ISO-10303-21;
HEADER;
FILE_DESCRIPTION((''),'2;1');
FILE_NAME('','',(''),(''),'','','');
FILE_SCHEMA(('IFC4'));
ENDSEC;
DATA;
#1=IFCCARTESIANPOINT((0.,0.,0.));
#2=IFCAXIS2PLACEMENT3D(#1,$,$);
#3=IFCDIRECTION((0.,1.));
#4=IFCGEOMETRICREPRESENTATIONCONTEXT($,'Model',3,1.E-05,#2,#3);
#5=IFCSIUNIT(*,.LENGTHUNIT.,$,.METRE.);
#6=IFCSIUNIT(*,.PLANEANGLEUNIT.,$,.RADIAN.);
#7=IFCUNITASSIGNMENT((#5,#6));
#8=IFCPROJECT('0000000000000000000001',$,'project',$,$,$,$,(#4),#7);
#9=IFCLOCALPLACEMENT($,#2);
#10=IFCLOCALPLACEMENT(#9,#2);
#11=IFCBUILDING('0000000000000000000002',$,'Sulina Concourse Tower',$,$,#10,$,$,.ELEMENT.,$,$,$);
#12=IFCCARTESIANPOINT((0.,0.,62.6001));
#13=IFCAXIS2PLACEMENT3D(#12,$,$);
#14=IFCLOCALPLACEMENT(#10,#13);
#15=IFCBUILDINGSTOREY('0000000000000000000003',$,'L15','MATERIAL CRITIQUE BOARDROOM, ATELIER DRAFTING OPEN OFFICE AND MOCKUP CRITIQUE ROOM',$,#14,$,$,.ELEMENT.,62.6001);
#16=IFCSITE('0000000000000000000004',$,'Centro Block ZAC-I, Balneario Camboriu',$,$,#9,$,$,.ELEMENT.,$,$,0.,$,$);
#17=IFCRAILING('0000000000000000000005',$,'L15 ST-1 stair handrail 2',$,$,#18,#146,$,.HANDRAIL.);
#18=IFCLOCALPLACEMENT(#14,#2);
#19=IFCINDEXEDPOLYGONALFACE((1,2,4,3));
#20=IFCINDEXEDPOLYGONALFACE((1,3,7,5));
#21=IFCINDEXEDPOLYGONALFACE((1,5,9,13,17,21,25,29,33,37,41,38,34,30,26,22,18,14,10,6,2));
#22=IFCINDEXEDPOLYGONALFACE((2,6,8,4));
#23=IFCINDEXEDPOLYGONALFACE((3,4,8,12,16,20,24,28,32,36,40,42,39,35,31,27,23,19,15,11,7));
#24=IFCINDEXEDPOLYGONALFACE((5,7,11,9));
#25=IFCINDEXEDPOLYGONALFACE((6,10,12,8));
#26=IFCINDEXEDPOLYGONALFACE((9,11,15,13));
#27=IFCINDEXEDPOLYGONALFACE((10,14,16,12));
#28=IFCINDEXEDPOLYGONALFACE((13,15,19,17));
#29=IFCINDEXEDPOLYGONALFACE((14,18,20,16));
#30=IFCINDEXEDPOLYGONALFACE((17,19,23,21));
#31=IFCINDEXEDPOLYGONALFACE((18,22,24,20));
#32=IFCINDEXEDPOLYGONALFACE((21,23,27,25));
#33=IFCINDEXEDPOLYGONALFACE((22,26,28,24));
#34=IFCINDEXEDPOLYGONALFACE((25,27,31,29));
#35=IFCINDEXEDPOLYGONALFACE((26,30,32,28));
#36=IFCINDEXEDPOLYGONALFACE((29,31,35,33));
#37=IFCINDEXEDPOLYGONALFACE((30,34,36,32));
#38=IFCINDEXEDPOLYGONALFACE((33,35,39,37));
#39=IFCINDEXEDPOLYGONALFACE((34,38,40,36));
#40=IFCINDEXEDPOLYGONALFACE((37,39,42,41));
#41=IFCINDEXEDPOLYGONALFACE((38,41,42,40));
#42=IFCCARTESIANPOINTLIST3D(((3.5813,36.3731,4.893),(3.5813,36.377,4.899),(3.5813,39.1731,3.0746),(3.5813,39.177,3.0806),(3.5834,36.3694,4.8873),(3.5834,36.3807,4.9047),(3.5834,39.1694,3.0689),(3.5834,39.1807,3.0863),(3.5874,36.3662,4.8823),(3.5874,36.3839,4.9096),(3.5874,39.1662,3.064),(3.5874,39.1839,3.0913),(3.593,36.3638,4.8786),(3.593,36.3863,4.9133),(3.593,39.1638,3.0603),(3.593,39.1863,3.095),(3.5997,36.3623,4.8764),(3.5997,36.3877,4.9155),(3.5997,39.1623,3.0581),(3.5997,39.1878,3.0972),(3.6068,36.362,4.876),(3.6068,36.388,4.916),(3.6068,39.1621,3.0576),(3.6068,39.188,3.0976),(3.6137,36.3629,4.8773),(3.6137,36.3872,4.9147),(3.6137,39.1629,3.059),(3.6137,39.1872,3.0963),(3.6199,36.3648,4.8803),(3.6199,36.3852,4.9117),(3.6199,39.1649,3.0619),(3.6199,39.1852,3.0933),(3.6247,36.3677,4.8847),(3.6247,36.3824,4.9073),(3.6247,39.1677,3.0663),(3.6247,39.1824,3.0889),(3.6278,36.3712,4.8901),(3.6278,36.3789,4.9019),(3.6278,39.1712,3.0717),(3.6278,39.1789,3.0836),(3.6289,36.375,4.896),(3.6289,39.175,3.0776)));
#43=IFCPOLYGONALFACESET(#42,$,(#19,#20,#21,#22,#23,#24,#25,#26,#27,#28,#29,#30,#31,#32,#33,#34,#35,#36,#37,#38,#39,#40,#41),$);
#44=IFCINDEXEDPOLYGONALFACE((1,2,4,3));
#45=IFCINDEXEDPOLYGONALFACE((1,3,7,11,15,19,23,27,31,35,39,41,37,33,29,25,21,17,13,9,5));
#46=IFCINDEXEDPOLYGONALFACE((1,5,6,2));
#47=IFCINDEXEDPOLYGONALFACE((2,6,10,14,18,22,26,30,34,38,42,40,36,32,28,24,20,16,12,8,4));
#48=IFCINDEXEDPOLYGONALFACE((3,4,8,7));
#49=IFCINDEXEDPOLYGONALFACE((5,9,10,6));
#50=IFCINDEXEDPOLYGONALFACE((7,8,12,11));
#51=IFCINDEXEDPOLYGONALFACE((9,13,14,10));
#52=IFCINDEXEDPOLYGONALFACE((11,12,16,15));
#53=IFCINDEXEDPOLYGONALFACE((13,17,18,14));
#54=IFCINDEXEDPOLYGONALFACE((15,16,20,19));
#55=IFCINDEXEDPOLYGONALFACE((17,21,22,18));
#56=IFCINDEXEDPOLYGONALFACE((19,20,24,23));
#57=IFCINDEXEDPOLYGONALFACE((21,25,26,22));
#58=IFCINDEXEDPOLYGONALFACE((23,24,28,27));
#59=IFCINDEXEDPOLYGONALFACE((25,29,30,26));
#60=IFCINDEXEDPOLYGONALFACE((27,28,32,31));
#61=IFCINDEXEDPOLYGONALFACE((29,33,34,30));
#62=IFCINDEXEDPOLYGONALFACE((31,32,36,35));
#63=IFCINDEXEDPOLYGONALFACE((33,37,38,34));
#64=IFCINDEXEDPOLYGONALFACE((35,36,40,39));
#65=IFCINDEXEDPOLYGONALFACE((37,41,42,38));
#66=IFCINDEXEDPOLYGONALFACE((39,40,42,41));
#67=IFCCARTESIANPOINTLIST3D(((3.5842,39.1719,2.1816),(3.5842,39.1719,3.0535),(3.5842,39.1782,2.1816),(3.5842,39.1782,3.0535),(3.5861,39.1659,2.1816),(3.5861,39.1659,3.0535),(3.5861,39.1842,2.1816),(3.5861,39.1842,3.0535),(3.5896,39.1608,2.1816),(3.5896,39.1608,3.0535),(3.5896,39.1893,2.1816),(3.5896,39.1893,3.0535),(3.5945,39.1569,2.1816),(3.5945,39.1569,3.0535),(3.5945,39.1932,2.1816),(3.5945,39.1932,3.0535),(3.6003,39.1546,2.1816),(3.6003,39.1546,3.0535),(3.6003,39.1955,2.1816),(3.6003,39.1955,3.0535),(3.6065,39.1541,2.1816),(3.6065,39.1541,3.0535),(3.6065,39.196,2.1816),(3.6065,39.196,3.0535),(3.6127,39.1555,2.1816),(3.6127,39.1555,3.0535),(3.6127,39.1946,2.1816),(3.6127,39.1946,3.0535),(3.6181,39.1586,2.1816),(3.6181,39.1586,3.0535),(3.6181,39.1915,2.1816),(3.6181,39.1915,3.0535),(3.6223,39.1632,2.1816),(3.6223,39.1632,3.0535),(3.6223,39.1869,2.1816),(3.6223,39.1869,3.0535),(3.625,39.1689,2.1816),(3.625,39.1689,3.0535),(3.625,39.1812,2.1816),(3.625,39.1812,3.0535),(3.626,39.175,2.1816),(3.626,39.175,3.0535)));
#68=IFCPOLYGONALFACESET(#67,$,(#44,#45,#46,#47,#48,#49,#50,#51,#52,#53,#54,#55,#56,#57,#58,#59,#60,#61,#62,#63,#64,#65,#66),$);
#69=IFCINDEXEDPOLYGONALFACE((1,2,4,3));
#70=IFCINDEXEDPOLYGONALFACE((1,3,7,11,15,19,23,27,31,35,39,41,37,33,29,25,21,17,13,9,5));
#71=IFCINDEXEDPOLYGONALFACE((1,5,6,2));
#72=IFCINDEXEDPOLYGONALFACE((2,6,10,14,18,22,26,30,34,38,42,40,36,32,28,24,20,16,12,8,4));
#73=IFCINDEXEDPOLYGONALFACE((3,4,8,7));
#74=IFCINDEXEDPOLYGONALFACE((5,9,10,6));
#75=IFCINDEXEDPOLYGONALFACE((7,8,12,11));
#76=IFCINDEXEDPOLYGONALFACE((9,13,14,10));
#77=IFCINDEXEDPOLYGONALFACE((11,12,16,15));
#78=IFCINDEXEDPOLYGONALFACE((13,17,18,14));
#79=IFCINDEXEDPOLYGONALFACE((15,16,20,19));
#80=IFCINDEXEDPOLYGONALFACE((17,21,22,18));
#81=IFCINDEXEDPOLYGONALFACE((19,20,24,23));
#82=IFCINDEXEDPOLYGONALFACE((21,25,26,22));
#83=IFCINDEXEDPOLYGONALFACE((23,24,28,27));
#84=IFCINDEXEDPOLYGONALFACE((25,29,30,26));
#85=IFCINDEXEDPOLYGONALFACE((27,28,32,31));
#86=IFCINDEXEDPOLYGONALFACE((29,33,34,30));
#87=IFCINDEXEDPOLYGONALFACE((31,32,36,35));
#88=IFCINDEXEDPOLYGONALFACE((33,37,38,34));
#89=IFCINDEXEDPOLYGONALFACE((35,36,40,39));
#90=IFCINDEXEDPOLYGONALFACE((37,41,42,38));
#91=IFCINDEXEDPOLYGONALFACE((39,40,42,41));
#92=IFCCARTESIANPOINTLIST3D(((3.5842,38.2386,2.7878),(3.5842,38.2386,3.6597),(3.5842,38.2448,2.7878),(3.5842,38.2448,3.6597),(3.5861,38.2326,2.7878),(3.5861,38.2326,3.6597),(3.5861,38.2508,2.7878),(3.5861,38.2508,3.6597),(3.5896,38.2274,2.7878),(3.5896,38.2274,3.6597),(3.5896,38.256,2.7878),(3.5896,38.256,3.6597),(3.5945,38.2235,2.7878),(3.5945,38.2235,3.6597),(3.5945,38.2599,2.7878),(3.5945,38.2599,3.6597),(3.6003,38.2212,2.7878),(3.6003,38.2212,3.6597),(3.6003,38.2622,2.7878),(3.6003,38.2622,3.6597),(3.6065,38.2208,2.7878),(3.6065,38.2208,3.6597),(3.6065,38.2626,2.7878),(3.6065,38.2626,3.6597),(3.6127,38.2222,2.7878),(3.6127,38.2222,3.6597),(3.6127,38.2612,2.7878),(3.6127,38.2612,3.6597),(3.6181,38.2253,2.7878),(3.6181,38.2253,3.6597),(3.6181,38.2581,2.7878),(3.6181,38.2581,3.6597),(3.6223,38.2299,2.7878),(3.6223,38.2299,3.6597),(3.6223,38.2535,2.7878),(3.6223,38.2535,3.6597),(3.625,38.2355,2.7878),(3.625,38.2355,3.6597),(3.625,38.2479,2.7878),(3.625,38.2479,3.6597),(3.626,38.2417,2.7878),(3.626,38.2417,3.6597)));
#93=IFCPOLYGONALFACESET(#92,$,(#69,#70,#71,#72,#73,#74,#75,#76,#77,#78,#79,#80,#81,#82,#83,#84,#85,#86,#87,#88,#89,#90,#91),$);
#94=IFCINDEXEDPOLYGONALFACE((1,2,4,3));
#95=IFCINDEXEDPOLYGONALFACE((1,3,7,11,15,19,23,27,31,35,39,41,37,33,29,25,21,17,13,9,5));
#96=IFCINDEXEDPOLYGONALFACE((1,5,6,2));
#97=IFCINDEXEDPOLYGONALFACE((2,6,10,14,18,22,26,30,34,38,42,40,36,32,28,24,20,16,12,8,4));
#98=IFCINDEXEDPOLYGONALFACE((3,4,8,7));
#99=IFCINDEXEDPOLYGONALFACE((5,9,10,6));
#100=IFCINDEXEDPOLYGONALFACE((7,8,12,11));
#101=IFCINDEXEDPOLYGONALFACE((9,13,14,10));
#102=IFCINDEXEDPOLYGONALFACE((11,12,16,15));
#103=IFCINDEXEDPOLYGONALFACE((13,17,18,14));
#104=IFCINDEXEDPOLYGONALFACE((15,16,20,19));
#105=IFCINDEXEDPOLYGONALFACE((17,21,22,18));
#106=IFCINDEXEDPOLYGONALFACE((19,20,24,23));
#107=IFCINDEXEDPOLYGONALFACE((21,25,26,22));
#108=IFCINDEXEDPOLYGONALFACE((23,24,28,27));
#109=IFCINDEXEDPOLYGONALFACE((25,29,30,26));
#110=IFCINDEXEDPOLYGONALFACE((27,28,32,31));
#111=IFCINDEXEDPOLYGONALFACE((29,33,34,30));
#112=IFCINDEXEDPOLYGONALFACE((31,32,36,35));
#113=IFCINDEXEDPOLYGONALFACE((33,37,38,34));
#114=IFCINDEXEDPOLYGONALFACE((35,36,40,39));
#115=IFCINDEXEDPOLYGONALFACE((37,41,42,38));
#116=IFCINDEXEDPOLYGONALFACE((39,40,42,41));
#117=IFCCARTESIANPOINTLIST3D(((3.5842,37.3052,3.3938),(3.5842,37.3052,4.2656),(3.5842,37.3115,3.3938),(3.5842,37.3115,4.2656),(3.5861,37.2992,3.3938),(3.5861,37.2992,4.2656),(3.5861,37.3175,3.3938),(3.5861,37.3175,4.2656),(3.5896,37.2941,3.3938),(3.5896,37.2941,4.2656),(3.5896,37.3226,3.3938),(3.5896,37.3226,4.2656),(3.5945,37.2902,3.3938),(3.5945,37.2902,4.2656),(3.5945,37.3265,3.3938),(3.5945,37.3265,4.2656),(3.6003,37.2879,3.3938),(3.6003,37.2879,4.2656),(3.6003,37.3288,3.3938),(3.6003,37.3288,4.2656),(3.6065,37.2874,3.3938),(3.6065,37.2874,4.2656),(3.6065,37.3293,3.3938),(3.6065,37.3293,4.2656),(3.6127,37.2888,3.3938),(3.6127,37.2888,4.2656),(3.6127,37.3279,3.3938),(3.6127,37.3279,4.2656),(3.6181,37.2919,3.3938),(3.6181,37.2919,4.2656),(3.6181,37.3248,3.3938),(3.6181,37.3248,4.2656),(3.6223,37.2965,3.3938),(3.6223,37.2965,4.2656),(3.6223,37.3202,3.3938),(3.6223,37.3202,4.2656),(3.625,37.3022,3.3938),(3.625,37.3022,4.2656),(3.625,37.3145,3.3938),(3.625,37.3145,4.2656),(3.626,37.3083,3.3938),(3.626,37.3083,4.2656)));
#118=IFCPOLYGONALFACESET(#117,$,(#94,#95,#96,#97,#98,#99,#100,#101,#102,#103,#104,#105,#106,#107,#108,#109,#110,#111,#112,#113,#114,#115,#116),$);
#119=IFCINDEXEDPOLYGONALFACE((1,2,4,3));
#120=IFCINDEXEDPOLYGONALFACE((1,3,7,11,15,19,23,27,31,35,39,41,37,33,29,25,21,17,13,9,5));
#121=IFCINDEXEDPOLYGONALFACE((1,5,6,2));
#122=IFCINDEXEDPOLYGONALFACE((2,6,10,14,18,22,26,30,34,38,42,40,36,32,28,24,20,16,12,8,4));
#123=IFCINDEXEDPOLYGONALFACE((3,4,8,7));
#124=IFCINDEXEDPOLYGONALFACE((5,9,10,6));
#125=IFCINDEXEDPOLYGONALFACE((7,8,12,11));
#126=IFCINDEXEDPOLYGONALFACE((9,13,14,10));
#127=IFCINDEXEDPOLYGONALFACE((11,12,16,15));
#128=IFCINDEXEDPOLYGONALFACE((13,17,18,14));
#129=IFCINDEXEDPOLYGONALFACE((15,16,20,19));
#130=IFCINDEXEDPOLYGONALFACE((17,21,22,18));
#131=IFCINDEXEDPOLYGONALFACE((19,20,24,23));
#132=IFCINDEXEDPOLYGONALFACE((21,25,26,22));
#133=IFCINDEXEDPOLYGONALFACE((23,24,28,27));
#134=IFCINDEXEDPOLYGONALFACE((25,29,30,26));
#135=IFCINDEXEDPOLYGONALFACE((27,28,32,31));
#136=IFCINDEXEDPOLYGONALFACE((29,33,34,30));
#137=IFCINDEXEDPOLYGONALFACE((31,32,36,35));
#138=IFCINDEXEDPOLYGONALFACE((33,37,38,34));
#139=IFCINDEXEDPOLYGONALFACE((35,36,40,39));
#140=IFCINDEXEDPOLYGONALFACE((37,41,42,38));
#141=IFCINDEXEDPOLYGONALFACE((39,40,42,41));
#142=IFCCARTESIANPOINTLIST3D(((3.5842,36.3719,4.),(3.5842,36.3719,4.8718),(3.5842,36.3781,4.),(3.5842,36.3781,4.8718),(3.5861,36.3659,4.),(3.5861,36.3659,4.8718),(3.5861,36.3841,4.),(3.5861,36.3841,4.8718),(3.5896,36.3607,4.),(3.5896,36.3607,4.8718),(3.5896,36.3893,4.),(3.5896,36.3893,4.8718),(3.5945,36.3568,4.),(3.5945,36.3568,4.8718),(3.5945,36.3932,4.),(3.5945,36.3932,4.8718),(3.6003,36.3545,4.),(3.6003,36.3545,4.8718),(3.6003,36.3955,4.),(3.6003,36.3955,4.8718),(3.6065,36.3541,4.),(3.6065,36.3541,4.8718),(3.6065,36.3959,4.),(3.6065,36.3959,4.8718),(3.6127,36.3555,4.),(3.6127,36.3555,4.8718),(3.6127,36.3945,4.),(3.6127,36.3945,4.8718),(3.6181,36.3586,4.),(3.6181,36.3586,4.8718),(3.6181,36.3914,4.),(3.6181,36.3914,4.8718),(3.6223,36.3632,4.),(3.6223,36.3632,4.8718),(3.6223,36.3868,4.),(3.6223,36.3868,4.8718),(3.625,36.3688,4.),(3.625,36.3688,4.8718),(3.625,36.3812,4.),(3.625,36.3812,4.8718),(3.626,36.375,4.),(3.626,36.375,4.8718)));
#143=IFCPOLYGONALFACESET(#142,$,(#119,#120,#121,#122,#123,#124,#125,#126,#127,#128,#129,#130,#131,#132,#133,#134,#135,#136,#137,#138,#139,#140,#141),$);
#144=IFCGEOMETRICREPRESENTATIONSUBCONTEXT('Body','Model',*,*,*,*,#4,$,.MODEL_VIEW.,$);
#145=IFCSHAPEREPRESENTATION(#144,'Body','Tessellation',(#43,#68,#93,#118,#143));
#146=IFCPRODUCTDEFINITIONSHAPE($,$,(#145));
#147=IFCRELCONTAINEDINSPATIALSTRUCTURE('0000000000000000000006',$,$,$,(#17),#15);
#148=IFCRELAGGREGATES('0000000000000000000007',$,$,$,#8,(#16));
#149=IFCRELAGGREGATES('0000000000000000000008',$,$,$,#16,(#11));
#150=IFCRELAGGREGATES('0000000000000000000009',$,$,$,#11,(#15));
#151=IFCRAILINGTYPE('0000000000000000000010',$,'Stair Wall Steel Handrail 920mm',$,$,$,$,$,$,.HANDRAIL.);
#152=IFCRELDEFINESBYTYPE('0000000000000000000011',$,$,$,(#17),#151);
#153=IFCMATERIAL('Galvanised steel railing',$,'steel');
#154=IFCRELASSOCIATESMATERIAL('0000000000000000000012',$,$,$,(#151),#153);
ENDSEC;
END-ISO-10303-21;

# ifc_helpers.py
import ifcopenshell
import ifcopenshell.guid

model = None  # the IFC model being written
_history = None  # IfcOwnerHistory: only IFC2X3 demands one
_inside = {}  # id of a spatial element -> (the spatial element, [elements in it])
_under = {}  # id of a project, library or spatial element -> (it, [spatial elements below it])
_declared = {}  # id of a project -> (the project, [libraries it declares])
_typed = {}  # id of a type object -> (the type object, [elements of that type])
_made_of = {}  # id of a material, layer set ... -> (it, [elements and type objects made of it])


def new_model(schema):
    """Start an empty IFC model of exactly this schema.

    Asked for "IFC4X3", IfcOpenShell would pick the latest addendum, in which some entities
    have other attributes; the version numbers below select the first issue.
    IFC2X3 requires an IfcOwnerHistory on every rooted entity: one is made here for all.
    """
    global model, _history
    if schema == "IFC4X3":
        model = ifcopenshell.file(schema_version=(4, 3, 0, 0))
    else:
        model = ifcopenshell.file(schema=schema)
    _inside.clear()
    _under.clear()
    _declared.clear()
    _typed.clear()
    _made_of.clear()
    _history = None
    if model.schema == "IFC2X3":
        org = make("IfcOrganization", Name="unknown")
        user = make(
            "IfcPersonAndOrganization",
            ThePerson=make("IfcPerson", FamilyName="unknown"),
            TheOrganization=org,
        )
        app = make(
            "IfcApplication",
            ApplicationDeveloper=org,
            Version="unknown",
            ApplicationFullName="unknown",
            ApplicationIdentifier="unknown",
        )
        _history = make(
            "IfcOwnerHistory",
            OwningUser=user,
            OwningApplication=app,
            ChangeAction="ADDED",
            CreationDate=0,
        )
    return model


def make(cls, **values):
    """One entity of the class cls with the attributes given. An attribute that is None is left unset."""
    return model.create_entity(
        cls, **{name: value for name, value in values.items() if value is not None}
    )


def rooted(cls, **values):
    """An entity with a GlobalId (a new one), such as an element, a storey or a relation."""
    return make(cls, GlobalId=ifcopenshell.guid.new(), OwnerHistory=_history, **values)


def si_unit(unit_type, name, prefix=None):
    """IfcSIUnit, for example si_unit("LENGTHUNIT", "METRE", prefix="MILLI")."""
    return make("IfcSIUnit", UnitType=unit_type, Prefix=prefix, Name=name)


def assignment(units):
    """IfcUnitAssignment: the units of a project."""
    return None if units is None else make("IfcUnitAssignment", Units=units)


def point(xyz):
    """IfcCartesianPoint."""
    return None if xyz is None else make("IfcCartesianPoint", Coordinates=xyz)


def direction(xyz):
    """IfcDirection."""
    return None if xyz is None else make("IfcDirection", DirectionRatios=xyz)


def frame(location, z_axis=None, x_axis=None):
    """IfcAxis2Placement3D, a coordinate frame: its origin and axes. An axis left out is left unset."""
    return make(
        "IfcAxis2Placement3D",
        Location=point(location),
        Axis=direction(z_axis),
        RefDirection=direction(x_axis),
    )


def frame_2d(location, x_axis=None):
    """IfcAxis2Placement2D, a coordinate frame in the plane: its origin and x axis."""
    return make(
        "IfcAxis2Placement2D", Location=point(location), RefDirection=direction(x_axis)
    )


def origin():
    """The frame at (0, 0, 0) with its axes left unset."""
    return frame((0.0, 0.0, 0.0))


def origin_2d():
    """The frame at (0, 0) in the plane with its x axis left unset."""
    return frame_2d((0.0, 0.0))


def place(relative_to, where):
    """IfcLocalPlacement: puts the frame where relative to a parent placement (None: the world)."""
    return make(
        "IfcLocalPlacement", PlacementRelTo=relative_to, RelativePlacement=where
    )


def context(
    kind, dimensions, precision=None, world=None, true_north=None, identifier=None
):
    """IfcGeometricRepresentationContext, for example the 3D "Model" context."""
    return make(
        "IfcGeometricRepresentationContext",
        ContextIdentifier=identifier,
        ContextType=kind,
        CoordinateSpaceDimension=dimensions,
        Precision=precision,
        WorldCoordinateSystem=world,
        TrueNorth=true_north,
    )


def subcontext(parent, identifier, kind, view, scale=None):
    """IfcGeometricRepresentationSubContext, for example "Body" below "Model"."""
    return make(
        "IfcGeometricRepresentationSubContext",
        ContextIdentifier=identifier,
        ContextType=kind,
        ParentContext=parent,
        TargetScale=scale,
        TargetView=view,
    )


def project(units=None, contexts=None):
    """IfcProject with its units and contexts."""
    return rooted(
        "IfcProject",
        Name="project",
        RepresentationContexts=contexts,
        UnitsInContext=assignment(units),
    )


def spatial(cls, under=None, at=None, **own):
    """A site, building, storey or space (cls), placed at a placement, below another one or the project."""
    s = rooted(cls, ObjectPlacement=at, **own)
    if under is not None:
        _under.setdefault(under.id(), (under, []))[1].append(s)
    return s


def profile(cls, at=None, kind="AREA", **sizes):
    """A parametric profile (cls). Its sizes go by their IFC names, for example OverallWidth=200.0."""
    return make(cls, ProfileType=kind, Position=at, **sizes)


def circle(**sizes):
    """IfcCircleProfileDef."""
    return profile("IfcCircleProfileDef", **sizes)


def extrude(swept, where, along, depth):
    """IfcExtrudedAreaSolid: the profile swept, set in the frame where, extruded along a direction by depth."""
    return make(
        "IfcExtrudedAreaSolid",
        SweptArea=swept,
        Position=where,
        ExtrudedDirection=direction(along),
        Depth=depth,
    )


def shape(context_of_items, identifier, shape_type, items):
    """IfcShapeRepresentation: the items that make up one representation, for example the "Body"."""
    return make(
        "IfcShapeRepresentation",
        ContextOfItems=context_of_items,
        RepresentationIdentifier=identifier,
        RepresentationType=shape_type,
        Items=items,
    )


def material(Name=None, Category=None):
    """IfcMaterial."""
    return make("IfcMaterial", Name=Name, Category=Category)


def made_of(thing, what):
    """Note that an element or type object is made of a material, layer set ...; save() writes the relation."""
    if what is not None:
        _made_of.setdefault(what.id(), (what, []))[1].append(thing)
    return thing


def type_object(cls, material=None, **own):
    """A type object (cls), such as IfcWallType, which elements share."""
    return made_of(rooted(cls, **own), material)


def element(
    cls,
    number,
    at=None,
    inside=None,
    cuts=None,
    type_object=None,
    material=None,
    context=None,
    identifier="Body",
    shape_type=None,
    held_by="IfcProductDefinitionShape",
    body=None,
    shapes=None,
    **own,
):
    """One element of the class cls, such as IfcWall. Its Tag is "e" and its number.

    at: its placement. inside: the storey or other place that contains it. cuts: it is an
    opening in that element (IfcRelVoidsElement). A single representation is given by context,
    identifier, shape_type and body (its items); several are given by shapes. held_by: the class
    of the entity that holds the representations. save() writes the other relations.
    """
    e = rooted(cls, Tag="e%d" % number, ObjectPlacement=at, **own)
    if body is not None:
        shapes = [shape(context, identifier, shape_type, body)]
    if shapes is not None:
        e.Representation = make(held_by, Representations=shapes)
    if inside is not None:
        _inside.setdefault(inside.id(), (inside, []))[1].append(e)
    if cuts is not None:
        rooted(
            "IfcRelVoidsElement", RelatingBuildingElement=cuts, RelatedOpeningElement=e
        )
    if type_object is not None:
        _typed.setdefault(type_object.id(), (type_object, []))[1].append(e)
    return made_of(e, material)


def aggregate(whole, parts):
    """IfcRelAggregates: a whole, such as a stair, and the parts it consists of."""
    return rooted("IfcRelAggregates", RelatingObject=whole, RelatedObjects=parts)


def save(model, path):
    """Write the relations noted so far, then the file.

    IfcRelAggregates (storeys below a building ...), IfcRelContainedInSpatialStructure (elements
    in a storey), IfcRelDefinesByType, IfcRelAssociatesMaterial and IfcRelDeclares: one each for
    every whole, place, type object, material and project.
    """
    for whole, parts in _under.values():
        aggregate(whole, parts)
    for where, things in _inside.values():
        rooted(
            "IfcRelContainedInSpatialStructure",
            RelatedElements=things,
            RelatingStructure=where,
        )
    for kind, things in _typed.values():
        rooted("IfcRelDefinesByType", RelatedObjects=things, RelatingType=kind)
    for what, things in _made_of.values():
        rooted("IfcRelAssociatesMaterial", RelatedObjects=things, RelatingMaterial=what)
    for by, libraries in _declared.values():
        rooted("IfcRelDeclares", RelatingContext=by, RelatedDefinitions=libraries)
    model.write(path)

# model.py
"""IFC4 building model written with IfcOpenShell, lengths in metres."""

from ifc_helpers import new_model, si_unit, direction, frame, origin, origin_2d, place, context, subcontext, project, spatial, circle, extrude, material, type_object, element, save


model = new_model("IFC4")

# Units and contexts
model_context = context("Model", 3, precision=1e-05, world=origin(), true_north=direction((0.0, 1.0)))
body_context = subcontext(model_context, "Body", "Model", "MODEL_VIEW")
ifc_project = project(units=[si_unit("LENGTHUNIT", "METRE"), si_unit("PLANEANGLEUNIT", "RADIAN")], contexts=[model_context])

# Site, building, storey
site_placement = place(None, origin())
site = spatial("IfcSite", under=ifc_project, at=site_placement, Name="Centro Block ZAC-I, Balneario Camboriu", CompositionType="ELEMENT", RefElevation=0.0)
building_placement = place(site_placement, origin())
building = spatial("IfcBuilding", under=site, at=building_placement, Name="Sulina Concourse Tower", CompositionType="ELEMENT")
storey_placement = place(building_placement, frame((0.0, 0.0, 62.6001)))
storey = spatial("IfcBuildingStorey", under=building, at=storey_placement, Name="L15", Description="MATERIAL CRITIQUE BOARDROOM, ATELIER DRAFTING OPEN OFFICE AND MOCKUP CRITIQUE ROOM", CompositionType="ELEMENT", Elevation=62.6001)

# Railing
ifc_material_1 = material(Name="Galvanised steel railing", Category="steel")
railing_type_1 = type_object("IfcRailingType", Name="Stair Wall Steel Handrail 920mm", PredefinedType="HANDRAIL", material=ifc_material_1)
railing_1_placement = place(storey_placement, frame((3.605, 39.175, 2.1816)))
element("IfcRailing", 1, at=railing_1_placement, inside=storey, type_object=railing_type_1, Name="L15 ST-1 stair handrail 2", PredefinedType="HANDRAIL", context=body_context, shape_type="SweptSolid", body=[
    extrude(circle(Radius=0.0239, at=origin_2d()), frame((0.0, 0.0, 0.896), z_axis=(0.0, -0.838672, 0.544636), x_axis=(1.0, 0.0, 0.0)), (0.0, 0.0, 1.0), 3.3386),
    extrude(circle(Radius=0.021, at=origin_2d()), origin(), (0.0, 0.0, 1.0), 0.8718),
    extrude(circle(Radius=0.021, at=origin_2d()), frame((0.0, -0.9333, 0.6062)), (0.0, 0.0, 1.0), 0.8718),
    extrude(circle(Radius=0.021, at=origin_2d()), frame((0.0, -1.8667, 1.2122)), (0.0, 0.0, 1.0), 0.8718),
    extrude(circle(Radius=0.021, at=origin_2d()), frame((0.0, -2.8, 1.8184)), (0.0, 0.0, 1.0), 0.8718),
])

save(model, "model.ifc")
